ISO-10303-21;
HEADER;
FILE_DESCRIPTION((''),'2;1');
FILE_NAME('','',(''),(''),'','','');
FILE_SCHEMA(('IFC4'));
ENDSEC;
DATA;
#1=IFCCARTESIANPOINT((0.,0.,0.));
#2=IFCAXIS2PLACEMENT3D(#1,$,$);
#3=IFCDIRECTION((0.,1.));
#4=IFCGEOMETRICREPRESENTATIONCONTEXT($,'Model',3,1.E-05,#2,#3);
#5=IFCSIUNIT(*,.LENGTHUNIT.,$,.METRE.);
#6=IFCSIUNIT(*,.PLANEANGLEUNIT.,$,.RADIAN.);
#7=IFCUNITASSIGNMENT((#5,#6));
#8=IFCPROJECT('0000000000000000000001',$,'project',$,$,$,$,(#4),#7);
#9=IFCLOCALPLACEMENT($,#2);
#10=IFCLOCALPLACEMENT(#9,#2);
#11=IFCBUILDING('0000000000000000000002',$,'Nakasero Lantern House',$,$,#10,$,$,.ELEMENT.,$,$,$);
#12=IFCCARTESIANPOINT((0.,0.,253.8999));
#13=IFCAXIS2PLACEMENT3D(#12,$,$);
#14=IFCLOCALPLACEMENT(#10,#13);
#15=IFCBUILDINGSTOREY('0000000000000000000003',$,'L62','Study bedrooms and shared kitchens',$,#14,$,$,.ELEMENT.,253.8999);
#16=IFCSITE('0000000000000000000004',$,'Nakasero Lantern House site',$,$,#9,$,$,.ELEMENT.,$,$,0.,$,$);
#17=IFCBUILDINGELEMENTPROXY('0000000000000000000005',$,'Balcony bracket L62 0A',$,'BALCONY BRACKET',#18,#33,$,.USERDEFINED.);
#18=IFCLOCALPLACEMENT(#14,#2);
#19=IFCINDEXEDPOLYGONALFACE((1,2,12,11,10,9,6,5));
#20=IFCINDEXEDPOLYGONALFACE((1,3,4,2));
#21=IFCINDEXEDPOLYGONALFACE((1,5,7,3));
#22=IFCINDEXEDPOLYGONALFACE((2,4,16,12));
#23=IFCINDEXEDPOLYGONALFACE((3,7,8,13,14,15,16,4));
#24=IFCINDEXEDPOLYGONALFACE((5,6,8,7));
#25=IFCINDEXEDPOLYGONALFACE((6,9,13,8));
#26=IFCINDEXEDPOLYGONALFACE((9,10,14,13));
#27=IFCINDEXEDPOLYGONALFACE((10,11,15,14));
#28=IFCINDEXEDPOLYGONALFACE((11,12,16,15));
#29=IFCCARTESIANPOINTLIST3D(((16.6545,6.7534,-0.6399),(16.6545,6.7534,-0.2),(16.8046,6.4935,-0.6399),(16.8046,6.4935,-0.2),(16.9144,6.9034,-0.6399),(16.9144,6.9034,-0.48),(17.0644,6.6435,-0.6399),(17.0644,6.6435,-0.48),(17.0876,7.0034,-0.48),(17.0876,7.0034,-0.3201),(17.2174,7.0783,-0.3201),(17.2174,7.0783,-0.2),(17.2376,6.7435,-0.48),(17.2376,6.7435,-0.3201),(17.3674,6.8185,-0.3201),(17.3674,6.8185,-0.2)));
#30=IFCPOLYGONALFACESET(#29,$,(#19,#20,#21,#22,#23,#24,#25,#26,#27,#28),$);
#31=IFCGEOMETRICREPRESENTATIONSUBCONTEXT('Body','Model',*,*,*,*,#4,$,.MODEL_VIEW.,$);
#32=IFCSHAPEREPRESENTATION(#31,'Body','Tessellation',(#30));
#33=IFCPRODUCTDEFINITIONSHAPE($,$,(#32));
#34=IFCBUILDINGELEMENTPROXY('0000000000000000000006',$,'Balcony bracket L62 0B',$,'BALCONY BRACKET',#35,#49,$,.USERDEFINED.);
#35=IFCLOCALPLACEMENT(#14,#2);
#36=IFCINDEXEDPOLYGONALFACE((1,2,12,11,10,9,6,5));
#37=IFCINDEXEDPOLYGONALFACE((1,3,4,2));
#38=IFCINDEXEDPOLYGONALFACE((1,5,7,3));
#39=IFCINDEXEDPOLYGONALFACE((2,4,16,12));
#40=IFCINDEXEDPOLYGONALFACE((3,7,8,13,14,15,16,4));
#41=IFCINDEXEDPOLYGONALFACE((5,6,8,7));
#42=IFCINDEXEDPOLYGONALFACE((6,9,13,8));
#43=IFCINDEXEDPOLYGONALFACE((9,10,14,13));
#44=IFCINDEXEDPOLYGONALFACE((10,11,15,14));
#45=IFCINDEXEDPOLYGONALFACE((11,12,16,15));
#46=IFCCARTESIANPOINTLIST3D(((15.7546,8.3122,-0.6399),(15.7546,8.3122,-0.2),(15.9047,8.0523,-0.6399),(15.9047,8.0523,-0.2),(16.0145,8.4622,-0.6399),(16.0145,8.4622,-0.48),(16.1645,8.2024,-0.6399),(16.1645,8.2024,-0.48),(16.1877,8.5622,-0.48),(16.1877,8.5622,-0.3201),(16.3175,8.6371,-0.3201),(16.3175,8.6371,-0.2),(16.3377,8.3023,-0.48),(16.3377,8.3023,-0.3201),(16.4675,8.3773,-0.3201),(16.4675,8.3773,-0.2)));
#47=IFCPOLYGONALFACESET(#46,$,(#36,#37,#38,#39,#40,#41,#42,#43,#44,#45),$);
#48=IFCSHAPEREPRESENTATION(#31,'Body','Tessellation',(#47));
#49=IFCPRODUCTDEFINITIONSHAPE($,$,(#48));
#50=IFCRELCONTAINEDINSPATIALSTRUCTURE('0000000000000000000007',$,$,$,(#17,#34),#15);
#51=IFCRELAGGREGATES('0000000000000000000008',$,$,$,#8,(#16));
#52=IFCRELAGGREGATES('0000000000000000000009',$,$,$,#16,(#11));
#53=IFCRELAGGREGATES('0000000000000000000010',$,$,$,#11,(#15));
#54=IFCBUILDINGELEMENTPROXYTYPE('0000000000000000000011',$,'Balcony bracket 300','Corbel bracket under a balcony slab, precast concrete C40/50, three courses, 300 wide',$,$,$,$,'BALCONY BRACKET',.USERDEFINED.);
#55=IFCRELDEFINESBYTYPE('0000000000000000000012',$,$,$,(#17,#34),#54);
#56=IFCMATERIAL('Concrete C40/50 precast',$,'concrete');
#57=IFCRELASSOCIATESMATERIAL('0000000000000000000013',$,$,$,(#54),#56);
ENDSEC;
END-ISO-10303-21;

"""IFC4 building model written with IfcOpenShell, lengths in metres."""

from ifc_helpers import new_model, si_unit, direction, frame, origin, place, context, subcontext, project, spatial, polyline, outline, extrude, material, type_object, element, save


model = new_model("IFC4")

# Units and contexts
model_context = context("Model", 3, precision=1e-05, world=origin(), true_north=direction((0.0, 1.0)))
body_context = subcontext(model_context, "Body", "Model", "MODEL_VIEW")
ifc_project = project(units=[si_unit("LENGTHUNIT", "METRE"), si_unit("PLANEANGLEUNIT", "RADIAN")], contexts=[model_context])

# Site, building, storey
site_placement = place(None, origin())
site = spatial("IfcSite", under=ifc_project, at=site_placement, Name="Nakasero Lantern House site", CompositionType="ELEMENT", RefElevation=0.0)
building_placement = place(site_placement, origin())
building = spatial("IfcBuilding", under=site, at=building_placement, Name="Nakasero Lantern House", CompositionType="ELEMENT")
storey_placement = place(building_placement, frame((0.0, 0.0, 253.8999)))
storey = spatial("IfcBuildingStorey", under=building, at=storey_placement, Name="L62", Description="Study bedrooms and shared kitchens", CompositionType="ELEMENT", Elevation=253.8999)

# Building element proxies
ifc_material_1 = material(Name="Concrete C40/50 precast", Category="concrete")
building_element_proxy_type = type_object("IfcBuildingElementProxyType", Name="Balcony bracket 300", Description="Corbel bracket under a balcony slab, precast concrete C40/50, three courses, 300 wide", ElementType="BALCONY BRACKET", PredefinedType="USERDEFINED", material=ifc_material_1)
for number, where, z_axis, x_axis, name in (
    (1, (16.7295, 6.6235, -0.2), (0.0, 0.0, 1.0), (0.866025, 0.5, 0.0), "Balcony bracket L62 0A"),
    (2, (15.8296, 8.1824, -0.2), (0.0, 0.0, 1.0), (0.866025, 0.5, 0.0), "Balcony bracket L62 0B"),
):
    element("IfcBuildingElementProxy", number, at=place(storey_placement, frame(where, z_axis=z_axis, x_axis=x_axis)), inside=storey, type_object=building_element_proxy_type, Name=name, ObjectType="BALCONY BRACKET", PredefinedType="USERDEFINED", context=body_context, shape_type="SweptSolid", body=[
        extrude(outline(polyline([(0.0, 0.0), (0.6499, 0.0), (0.6499, -0.1201), (0.5, -0.1201), (0.5, -0.28), (0.3, -0.28), (0.3, -0.4399), (0.0, -0.4399), (0.0, 0.0)])), frame((0.0, 0.1499, 0.0), z_axis=(0.0, -1.0, 0.0), x_axis=(1.0, 0.0, 0.0)), (0.0, 0.0, 1.0), 0.3),
    ])

save(model, "model.ifc")
